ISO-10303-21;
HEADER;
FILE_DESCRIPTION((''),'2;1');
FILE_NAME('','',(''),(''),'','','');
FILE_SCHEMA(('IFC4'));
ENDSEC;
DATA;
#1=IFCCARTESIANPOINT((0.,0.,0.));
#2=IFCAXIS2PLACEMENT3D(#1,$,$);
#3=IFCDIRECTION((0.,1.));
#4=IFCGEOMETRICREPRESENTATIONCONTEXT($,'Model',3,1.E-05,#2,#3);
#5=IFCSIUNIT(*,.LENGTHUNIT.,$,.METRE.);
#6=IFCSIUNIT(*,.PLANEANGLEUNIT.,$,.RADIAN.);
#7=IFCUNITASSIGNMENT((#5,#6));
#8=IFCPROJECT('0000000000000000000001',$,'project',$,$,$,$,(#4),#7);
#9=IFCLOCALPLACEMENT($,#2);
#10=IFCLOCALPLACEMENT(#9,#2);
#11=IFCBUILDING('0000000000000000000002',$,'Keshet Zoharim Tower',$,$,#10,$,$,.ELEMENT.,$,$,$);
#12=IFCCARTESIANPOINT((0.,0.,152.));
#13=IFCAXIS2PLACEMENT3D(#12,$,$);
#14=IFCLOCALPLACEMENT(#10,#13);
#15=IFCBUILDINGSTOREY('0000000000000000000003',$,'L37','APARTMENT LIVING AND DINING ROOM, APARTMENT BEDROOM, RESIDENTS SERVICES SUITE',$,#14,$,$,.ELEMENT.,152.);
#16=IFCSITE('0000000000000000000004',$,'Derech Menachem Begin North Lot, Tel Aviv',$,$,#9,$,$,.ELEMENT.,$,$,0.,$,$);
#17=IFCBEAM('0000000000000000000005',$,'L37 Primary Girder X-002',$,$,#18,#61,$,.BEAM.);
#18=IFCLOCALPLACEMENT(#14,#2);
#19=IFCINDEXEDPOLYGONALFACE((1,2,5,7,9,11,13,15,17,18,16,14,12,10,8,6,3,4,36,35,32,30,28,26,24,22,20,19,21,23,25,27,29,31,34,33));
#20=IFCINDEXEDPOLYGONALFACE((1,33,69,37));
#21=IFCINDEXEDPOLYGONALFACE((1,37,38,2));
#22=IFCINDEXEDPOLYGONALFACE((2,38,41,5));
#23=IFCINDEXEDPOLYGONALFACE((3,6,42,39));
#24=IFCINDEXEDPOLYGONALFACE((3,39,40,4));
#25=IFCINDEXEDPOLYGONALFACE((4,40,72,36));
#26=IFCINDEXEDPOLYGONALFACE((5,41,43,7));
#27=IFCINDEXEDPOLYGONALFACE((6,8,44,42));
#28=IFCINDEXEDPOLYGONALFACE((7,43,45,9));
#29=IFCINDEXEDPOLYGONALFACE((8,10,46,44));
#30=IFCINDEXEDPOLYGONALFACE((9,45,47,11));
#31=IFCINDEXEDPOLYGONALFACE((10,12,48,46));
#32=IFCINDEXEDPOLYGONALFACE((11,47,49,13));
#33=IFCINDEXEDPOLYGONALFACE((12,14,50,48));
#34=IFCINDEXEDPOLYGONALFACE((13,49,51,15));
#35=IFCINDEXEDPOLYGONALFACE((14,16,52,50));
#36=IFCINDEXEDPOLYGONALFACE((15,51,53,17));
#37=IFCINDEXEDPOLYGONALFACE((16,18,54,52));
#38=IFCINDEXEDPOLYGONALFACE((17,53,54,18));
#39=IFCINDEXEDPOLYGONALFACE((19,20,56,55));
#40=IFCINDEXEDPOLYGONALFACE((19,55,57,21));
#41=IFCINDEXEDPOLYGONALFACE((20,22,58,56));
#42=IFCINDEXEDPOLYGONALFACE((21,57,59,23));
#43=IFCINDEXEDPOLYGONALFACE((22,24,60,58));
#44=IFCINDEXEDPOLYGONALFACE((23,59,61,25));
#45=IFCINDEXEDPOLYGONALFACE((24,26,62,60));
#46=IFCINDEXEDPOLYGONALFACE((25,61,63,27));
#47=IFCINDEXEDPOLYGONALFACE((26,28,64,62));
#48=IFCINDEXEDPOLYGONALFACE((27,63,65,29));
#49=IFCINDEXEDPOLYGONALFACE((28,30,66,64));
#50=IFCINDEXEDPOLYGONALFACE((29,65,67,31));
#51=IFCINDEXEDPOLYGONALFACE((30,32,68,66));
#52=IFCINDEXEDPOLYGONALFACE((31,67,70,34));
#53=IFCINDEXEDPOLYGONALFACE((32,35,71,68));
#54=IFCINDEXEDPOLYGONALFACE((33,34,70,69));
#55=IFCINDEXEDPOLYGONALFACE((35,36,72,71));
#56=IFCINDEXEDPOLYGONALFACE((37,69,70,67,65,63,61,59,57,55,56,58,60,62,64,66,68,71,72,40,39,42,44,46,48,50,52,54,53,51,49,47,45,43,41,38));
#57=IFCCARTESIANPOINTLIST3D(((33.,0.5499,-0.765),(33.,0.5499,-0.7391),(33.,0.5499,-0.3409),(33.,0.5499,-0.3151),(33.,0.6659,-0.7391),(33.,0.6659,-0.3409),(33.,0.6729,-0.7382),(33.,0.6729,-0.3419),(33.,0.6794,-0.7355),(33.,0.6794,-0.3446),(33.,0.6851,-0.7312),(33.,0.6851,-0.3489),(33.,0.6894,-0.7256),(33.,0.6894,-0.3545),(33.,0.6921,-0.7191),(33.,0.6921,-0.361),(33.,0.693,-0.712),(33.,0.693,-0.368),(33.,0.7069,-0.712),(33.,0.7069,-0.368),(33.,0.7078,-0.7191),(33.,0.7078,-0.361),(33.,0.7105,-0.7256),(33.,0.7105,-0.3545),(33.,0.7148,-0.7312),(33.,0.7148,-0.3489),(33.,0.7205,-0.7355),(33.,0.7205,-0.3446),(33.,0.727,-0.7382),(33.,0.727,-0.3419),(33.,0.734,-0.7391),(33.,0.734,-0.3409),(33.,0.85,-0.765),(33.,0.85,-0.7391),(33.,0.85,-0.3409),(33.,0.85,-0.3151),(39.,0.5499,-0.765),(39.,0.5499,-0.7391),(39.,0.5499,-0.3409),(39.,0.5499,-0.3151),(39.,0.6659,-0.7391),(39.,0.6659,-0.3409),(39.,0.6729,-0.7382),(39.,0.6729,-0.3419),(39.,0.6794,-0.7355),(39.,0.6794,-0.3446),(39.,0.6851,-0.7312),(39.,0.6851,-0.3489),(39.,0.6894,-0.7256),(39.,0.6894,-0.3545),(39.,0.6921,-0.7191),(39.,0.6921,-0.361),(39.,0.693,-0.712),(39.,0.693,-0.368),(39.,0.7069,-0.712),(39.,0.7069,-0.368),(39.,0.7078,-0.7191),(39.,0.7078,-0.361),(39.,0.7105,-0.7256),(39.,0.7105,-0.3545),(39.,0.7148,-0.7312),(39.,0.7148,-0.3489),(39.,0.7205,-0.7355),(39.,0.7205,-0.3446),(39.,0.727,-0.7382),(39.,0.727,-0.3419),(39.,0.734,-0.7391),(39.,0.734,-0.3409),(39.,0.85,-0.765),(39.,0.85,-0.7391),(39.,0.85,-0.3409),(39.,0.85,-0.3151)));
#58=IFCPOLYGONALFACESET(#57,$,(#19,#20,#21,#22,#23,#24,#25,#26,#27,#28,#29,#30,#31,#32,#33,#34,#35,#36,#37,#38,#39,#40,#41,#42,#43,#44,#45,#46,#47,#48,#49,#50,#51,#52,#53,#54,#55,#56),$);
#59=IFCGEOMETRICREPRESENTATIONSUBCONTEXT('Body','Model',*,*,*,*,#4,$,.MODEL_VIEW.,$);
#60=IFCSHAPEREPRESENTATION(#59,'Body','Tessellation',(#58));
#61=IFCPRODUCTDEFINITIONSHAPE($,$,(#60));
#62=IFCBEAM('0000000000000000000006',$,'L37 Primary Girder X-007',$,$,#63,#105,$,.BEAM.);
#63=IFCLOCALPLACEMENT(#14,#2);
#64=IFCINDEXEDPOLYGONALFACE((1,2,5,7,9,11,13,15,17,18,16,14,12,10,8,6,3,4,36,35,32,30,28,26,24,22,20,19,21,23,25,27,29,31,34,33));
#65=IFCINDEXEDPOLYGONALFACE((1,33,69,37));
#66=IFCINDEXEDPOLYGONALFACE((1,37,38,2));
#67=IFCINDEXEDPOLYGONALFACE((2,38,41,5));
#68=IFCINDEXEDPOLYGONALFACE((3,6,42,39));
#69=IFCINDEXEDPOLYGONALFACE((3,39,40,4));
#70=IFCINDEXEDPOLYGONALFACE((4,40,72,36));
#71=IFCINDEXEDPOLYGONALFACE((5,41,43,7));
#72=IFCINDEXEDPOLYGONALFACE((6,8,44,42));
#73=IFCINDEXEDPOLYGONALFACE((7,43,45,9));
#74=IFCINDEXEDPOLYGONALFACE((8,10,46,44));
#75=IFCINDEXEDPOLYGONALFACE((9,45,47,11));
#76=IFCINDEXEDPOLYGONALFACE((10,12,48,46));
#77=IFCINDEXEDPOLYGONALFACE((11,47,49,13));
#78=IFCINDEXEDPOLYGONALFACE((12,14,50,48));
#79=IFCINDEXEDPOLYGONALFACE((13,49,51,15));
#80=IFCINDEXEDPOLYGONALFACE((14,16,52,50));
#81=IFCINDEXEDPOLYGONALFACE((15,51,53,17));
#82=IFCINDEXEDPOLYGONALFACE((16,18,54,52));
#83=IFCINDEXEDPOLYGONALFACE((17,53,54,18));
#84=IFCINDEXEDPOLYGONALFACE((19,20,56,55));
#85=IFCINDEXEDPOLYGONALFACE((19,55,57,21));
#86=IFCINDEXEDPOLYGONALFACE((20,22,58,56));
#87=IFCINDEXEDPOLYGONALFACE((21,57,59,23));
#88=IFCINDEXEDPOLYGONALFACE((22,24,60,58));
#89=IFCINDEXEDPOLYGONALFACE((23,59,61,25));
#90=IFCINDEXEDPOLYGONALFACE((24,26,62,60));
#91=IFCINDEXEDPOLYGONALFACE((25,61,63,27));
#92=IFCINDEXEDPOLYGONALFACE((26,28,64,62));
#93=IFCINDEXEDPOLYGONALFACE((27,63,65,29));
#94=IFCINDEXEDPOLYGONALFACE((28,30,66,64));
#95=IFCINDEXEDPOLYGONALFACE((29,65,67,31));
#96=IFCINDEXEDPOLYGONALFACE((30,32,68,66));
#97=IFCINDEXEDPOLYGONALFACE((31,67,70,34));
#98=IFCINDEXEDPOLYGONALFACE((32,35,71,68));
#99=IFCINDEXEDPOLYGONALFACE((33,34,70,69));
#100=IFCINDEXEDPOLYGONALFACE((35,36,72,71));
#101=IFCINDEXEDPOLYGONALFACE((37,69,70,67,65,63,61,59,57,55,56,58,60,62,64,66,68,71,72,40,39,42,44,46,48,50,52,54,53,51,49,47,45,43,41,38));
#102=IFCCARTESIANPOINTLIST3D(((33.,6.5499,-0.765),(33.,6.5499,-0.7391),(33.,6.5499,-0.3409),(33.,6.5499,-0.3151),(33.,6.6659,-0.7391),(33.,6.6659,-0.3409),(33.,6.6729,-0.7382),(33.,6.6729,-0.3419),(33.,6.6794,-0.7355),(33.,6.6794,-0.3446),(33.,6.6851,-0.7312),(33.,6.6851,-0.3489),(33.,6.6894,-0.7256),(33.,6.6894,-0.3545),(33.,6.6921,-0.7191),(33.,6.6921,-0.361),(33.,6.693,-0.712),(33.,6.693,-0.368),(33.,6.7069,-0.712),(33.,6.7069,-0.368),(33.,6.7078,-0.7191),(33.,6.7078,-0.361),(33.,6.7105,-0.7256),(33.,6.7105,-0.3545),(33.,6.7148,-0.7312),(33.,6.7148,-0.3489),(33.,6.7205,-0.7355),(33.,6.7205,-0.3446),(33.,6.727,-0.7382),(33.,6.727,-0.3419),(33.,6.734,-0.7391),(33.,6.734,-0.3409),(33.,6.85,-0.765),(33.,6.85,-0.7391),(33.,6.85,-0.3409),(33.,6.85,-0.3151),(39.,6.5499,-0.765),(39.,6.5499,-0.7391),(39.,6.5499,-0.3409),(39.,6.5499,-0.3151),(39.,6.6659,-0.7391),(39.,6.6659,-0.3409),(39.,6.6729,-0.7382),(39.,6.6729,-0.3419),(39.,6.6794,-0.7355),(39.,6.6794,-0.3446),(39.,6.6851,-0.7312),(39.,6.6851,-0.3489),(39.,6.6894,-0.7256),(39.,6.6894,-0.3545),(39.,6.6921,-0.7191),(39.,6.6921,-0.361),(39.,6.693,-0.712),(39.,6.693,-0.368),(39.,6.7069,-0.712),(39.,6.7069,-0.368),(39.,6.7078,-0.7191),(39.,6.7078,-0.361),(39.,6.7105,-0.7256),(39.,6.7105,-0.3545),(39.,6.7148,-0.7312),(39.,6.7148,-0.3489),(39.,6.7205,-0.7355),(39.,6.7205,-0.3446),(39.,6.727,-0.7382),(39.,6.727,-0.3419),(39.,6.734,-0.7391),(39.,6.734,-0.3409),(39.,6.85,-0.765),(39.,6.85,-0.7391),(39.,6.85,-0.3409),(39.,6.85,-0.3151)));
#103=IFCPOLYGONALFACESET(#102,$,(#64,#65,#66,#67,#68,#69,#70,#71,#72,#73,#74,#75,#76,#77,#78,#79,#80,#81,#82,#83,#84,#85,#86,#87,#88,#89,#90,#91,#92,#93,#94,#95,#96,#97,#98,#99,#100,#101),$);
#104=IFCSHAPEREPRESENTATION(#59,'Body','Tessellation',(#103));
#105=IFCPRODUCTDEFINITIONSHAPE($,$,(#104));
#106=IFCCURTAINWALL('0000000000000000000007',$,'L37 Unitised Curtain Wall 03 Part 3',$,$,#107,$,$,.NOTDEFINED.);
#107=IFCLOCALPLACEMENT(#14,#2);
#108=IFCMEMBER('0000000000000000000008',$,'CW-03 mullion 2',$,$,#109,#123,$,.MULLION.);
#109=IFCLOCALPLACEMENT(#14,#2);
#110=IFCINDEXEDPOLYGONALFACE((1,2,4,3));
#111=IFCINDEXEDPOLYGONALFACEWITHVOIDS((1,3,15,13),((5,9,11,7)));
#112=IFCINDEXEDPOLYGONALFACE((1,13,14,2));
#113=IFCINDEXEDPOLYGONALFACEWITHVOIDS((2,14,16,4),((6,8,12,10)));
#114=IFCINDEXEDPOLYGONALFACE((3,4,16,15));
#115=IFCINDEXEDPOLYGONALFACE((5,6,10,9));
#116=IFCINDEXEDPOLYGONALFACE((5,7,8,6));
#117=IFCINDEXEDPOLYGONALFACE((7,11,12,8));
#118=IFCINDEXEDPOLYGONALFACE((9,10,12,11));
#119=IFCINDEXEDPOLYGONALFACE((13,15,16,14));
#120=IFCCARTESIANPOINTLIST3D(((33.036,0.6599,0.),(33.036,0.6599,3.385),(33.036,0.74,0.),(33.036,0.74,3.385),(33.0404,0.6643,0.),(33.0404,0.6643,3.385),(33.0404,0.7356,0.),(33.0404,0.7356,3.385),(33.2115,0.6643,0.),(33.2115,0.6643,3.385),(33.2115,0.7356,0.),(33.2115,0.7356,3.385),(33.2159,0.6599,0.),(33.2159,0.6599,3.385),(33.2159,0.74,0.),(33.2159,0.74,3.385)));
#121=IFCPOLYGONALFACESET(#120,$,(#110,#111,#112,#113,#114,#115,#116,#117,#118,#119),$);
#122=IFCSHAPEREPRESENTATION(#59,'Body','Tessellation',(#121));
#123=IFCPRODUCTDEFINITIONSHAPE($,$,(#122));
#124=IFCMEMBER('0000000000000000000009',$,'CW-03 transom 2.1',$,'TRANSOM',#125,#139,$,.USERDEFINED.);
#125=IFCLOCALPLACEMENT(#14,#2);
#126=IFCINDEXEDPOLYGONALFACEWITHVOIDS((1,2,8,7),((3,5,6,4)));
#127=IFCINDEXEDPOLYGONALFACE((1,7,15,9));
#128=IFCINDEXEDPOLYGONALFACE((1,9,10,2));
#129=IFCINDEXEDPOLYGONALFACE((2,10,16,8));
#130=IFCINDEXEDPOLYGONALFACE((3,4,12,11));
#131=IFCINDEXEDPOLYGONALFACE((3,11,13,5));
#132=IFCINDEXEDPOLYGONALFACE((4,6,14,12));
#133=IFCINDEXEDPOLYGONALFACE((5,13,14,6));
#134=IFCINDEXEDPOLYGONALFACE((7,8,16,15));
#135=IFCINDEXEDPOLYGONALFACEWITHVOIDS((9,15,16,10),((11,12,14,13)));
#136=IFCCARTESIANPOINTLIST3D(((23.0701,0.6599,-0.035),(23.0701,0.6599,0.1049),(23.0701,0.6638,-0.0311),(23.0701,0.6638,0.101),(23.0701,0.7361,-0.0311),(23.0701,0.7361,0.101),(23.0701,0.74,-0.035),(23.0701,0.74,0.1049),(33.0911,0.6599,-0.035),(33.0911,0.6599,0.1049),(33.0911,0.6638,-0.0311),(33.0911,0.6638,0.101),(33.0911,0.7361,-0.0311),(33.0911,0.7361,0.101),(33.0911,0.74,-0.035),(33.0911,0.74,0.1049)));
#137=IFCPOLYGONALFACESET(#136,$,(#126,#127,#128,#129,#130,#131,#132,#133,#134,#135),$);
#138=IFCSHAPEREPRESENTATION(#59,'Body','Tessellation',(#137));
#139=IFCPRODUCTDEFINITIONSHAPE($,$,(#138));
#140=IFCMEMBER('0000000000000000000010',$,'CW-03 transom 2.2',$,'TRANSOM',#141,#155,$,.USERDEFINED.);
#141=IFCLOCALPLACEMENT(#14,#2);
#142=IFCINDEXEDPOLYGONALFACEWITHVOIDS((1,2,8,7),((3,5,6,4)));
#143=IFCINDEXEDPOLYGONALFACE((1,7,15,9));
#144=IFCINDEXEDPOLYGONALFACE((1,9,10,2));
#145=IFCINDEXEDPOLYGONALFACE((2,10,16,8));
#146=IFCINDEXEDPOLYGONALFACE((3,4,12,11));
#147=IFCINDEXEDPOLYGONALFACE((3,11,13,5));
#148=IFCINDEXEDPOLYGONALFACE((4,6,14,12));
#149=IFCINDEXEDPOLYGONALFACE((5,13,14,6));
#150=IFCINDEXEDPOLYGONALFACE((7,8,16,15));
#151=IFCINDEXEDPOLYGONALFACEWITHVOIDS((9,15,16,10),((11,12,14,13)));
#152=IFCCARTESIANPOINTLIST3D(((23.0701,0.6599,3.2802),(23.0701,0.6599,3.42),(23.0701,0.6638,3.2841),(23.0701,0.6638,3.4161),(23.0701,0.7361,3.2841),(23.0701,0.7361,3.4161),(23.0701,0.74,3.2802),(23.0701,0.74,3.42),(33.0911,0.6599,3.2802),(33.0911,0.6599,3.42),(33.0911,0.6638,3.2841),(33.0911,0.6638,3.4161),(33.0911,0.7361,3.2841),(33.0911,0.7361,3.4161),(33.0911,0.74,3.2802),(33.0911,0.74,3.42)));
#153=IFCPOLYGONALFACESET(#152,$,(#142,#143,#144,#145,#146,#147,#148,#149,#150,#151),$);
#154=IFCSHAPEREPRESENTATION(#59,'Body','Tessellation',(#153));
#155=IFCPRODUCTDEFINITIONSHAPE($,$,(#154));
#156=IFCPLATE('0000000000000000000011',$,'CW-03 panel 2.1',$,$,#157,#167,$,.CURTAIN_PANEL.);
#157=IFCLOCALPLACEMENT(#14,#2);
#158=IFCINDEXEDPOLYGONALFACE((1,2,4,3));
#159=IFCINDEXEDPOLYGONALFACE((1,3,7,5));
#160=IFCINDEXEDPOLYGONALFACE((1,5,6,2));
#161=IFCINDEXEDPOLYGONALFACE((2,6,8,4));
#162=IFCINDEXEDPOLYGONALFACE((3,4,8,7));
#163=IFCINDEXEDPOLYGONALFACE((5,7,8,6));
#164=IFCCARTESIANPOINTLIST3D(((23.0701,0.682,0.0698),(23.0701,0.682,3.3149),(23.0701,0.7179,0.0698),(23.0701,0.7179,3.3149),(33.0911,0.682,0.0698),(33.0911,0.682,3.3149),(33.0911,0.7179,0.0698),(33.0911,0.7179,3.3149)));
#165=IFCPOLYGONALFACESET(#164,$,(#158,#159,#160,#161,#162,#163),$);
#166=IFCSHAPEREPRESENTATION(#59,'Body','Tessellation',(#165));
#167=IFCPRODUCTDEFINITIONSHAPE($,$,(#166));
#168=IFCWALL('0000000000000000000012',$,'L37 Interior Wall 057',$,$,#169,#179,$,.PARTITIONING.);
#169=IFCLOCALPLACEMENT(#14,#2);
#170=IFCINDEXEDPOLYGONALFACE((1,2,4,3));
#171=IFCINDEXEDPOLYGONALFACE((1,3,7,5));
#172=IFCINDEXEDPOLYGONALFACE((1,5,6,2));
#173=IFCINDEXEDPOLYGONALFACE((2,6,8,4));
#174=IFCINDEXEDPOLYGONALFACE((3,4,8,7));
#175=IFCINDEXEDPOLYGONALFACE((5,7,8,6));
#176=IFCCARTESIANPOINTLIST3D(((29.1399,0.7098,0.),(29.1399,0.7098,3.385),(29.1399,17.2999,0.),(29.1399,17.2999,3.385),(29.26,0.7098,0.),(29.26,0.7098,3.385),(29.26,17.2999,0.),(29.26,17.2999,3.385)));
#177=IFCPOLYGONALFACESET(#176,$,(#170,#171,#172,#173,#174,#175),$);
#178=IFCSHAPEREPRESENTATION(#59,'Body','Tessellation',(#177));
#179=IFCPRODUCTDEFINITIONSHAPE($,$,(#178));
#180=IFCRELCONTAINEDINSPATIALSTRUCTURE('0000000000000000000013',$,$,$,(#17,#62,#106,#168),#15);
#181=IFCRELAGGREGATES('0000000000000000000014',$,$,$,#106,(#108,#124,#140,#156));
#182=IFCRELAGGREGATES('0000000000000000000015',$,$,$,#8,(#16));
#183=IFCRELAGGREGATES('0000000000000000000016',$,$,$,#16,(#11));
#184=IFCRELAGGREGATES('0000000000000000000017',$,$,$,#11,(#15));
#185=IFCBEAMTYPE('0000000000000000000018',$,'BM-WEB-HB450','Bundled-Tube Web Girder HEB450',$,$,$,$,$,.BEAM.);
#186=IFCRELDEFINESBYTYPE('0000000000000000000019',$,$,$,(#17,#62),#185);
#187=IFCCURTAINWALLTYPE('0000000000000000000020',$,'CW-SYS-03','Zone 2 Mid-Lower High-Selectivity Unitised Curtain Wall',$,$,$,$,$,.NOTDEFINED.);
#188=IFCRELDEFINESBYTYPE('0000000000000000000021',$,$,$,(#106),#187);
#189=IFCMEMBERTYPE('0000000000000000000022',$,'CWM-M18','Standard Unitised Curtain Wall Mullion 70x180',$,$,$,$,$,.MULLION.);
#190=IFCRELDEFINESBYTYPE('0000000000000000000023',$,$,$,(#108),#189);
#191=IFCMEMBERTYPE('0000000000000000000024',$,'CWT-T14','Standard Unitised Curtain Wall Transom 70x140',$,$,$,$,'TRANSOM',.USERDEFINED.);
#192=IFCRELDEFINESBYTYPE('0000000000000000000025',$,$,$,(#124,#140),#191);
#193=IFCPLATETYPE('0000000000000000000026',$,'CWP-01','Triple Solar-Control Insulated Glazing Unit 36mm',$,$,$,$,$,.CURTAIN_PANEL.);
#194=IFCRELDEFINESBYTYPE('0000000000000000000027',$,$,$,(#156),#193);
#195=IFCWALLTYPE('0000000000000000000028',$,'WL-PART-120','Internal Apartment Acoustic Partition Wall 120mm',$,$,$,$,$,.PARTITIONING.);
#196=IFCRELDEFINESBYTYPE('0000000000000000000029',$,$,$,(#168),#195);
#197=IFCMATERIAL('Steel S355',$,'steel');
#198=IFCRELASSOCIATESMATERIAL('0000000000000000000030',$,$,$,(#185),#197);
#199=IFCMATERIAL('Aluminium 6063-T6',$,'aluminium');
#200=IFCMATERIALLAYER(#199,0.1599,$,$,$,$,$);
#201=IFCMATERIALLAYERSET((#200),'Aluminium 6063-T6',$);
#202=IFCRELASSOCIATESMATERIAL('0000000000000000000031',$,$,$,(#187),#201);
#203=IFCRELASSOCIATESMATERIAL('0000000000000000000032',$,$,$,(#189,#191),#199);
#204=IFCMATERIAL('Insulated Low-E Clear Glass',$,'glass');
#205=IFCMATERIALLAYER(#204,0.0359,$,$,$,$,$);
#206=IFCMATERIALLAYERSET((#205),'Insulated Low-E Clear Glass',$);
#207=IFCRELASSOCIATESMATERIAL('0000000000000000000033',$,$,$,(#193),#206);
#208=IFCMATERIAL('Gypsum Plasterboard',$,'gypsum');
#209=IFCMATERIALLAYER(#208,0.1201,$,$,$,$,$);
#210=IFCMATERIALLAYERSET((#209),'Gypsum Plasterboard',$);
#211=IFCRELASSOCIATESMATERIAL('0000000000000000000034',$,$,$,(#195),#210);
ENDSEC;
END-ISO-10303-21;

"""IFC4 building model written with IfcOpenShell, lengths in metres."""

from ifc_helpers import new_model, si_unit, direction, frame, frame_2d, origin, origin_2d, place, context, subcontext, project, spatial, rectangle, hollow_rectangle, i_section, extrude, material, layer, layer_set, material_profile, profile_set, type_object, element, aggregate, save


model = new_model("IFC4")

# Units and contexts
model_context = context("Model", 3, precision=1e-05, world=origin(), true_north=direction((0.0, 1.0)))
body_context = subcontext(model_context, "Body", "Model", "MODEL_VIEW")
ifc_project = project(units=[si_unit("LENGTHUNIT", "METRE"), si_unit("PLANEANGLEUNIT", "RADIAN")], contexts=[model_context])

# Site, building, storey
site_placement = place(None, origin())
site = spatial("IfcSite", under=ifc_project, at=site_placement, Name="Derech Menachem Begin North Lot, Tel Aviv", CompositionType="ELEMENT", RefElevation=0.0)
building_placement = place(site_placement, origin())
building = spatial("IfcBuilding", under=site, at=building_placement, Name="Keshet Zoharim Tower", CompositionType="ELEMENT")
storey_placement = place(building_placement, frame((0.0, 0.0, 152.0)))
storey = spatial("IfcBuildingStorey", under=building, at=storey_placement, Name="L37", Description="APARTMENT LIVING AND DINING ROOM, APARTMENT BEDROOM, RESIDENTS SERVICES SUITE", CompositionType="ELEMENT", Elevation=152.0)

# Shared definitions
ifc_material_1 = material(Name="Steel S355", Category="steel")

# Beams
ifc_material_profile_1 = material_profile(ifc_material_1, i_section(OverallWidth=0.3, OverallDepth=0.45, WebThickness=0.0139, FlangeThickness=0.0259, FilletRadius=0.0271, at=origin_2d()), Name="HEB450")
ifc_profile_set_1 = profile_set([ifc_material_profile_1], Name="Steel S355")
beam_type_1 = type_object("IfcBeamType", Name="BM-WEB-HB450", Description="Bundled-Tube Web Girder HEB450", PredefinedType="BEAM", material=ifc_profile_set_1)
for number, where, z_axis, x_axis, name in (
    (1, (33.0, 0.7, -0.54), (1.0, 0.0, 0.0), (0.0, 1.0, 0.0), "L37 Primary Girder X-002"),
    (2, (33.0, 6.7, -0.54), (1.0, 0.0, 0.0), (0.0, 1.0, 0.0), "L37 Primary Girder X-007"),
):
    element("IfcBeam", number, at=place(storey_placement, frame(where, z_axis=z_axis, x_axis=x_axis)), inside=storey, type_object=beam_type_1, Name=name, PredefinedType="BEAM", context=body_context, shape_type="SweptSolid", body=[
        extrude(i_section(OverallWidth=0.3, OverallDepth=0.45, WebThickness=0.0139, FlangeThickness=0.0259, FilletRadius=0.0271, at=origin_2d()), origin(), (0.0, 0.0, 1.0), 6.0),
    ])

# Curtain wall, members, plate
ifc_material_2 = material(Name="Aluminium 6063-T6", Category="aluminium")
ifc_layer_1 = layer(ifc_material_2, 0.1599)
ifc_layer_set_1 = layer_set([ifc_layer_1], Name="Aluminium 6063-T6")
curtain_wall_type = type_object("IfcCurtainWallType", Name="CW-SYS-03", Description="Zone 2 Mid-Lower High-Selectivity Unitised Curtain Wall", PredefinedType="NOTDEFINED", material=ifc_layer_set_1)
curtain_wall_placement = place(storey_placement, origin())
curtain_wall = element("IfcCurtainWall", 3, at=curtain_wall_placement, inside=storey, type_object=curtain_wall_type, Name="L37 Unitised Curtain Wall 03 Part 3", PredefinedType="NOTDEFINED")
ifc_material_profile_2 = material_profile(ifc_material_2, hollow_rectangle(XDim=0.0801, YDim=0.1799, WallThickness=0.0044, at=origin_2d()), Name="MUL-80x180")
ifc_profile_set_2 = profile_set([ifc_material_profile_2], Name="Aluminium 6063-T6")
member_type_1 = type_object("IfcMemberType", Name="CWM-M18", Description="Standard Unitised Curtain Wall Mullion 70x180", PredefinedType="MULLION", material=ifc_profile_set_2)
member_1_placement = place(storey_placement, frame((33.126, 0.7, 0.0), z_axis=(0.0, 0.0, 1.0), x_axis=(0.0, -1.0, 0.0)))
member_1 = element("IfcMember", 4, at=member_1_placement, type_object=member_type_1, Name="CW-03 mullion 2", PredefinedType="MULLION", context=body_context, shape_type="SweptSolid", body=[
    extrude(hollow_rectangle(XDim=0.0801, YDim=0.1799, WallThickness=0.0044, at=origin_2d()), origin(), (0.0, 0.0, 1.0), 3.385),
])
ifc_material_profile_3 = material_profile(ifc_material_2, hollow_rectangle(XDim=0.0801, YDim=0.1399, WallThickness=0.0039, at=origin_2d()), Name="TRN-80x140")
ifc_profile_set_3 = profile_set([ifc_material_profile_3], Name="Aluminium 6063-T6")
member_type_2 = type_object("IfcMemberType", Name="CWT-T14", Description="Standard Unitised Curtain Wall Transom 70x140", ElementType="TRANSOM", PredefinedType="USERDEFINED", material=ifc_profile_set_3)
member_2_placement = place(storey_placement, frame((33.0911, 0.7, 0.0349), z_axis=(-1.0, 0.0, 0.0), x_axis=(0.0, -1.0, 0.0)))
member_2 = element("IfcMember", 5, at=member_2_placement, type_object=member_type_2, Name="CW-03 transom 2.1", ObjectType="TRANSOM", PredefinedType="USERDEFINED", context=body_context, shape_type="SweptSolid", body=[
    extrude(hollow_rectangle(XDim=0.0801, YDim=0.1399, WallThickness=0.0039, at=origin_2d()), origin(), (0.0, 0.0, 1.0), 10.021),
])
member_3_placement = place(storey_placement, frame((33.0911, 0.7, 3.3501), z_axis=(-1.0, 0.0, 0.0), x_axis=(0.0, -1.0, 0.0)))
member_3 = element("IfcMember", 6, at=member_3_placement, type_object=member_type_2, Name="CW-03 transom 2.2", ObjectType="TRANSOM", PredefinedType="USERDEFINED", context=body_context, shape_type="SweptSolid", body=[
    extrude(hollow_rectangle(XDim=0.0801, YDim=0.1399, WallThickness=0.0039, at=origin_2d()), origin(), (0.0, 0.0, 1.0), 10.021),
])
ifc_material_3 = material(Name="Insulated Low-E Clear Glass", Category="glass")
ifc_layer_2 = layer(ifc_material_3, 0.0359)
ifc_layer_set_2 = layer_set([ifc_layer_2], Name="Insulated Low-E Clear Glass")
plate_type = type_object("IfcPlateType", Name="CWP-01", Description="Triple Solar-Control Insulated Glazing Unit 36mm", PredefinedType="CURTAIN_PANEL", material=ifc_layer_set_2)
plate_placement = place(storey_placement, frame((28.0806, 0.7, 0.0698), z_axis=(0.0, 0.0, 1.0), x_axis=(-1.0, 0.0, 0.0)))
plate = element("IfcPlate", 7, at=plate_placement, type_object=plate_type, Name="CW-03 panel 2.1", PredefinedType="CURTAIN_PANEL", context=body_context, shape_type="SweptSolid", body=[
    extrude(rectangle(XDim=10.021, YDim=0.0359, at=origin_2d()), origin(), (0.0, 0.0, 1.0), 3.2451),
])
aggregate(curtain_wall, [member_1, member_2, member_3, plate])

# Wall
ifc_material_4 = material(Name="Gypsum Plasterboard", Category="gypsum")
ifc_layer_3 = layer(ifc_material_4, 0.1201)
ifc_layer_set_3 = layer_set([ifc_layer_3], Name="Gypsum Plasterboard")
wall_type = type_object("IfcWallType", Name="WL-PART-120", Description="Internal Apartment Acoustic Partition Wall 120mm", PredefinedType="PARTITIONING", material=ifc_layer_set_3)
wall_1_placement = place(storey_placement, frame((29.2, 0.71, 0.0), z_axis=(0.0, 0.0, 1.0), x_axis=(0.0, 1.0, 0.0)))
element("IfcWall", 8, at=wall_1_placement, inside=storey, type_object=wall_type, Name="L37 Interior Wall 057", PredefinedType="PARTITIONING", context=body_context, shape_type="SweptSolid", body=[
    extrude(rectangle(XDim=16.5901, YDim=0.1201, at=frame_2d((8.2949, 0.0))), origin(), (0.0, 0.0, 1.0), 3.385),
])

save(model, "model.ifc")
